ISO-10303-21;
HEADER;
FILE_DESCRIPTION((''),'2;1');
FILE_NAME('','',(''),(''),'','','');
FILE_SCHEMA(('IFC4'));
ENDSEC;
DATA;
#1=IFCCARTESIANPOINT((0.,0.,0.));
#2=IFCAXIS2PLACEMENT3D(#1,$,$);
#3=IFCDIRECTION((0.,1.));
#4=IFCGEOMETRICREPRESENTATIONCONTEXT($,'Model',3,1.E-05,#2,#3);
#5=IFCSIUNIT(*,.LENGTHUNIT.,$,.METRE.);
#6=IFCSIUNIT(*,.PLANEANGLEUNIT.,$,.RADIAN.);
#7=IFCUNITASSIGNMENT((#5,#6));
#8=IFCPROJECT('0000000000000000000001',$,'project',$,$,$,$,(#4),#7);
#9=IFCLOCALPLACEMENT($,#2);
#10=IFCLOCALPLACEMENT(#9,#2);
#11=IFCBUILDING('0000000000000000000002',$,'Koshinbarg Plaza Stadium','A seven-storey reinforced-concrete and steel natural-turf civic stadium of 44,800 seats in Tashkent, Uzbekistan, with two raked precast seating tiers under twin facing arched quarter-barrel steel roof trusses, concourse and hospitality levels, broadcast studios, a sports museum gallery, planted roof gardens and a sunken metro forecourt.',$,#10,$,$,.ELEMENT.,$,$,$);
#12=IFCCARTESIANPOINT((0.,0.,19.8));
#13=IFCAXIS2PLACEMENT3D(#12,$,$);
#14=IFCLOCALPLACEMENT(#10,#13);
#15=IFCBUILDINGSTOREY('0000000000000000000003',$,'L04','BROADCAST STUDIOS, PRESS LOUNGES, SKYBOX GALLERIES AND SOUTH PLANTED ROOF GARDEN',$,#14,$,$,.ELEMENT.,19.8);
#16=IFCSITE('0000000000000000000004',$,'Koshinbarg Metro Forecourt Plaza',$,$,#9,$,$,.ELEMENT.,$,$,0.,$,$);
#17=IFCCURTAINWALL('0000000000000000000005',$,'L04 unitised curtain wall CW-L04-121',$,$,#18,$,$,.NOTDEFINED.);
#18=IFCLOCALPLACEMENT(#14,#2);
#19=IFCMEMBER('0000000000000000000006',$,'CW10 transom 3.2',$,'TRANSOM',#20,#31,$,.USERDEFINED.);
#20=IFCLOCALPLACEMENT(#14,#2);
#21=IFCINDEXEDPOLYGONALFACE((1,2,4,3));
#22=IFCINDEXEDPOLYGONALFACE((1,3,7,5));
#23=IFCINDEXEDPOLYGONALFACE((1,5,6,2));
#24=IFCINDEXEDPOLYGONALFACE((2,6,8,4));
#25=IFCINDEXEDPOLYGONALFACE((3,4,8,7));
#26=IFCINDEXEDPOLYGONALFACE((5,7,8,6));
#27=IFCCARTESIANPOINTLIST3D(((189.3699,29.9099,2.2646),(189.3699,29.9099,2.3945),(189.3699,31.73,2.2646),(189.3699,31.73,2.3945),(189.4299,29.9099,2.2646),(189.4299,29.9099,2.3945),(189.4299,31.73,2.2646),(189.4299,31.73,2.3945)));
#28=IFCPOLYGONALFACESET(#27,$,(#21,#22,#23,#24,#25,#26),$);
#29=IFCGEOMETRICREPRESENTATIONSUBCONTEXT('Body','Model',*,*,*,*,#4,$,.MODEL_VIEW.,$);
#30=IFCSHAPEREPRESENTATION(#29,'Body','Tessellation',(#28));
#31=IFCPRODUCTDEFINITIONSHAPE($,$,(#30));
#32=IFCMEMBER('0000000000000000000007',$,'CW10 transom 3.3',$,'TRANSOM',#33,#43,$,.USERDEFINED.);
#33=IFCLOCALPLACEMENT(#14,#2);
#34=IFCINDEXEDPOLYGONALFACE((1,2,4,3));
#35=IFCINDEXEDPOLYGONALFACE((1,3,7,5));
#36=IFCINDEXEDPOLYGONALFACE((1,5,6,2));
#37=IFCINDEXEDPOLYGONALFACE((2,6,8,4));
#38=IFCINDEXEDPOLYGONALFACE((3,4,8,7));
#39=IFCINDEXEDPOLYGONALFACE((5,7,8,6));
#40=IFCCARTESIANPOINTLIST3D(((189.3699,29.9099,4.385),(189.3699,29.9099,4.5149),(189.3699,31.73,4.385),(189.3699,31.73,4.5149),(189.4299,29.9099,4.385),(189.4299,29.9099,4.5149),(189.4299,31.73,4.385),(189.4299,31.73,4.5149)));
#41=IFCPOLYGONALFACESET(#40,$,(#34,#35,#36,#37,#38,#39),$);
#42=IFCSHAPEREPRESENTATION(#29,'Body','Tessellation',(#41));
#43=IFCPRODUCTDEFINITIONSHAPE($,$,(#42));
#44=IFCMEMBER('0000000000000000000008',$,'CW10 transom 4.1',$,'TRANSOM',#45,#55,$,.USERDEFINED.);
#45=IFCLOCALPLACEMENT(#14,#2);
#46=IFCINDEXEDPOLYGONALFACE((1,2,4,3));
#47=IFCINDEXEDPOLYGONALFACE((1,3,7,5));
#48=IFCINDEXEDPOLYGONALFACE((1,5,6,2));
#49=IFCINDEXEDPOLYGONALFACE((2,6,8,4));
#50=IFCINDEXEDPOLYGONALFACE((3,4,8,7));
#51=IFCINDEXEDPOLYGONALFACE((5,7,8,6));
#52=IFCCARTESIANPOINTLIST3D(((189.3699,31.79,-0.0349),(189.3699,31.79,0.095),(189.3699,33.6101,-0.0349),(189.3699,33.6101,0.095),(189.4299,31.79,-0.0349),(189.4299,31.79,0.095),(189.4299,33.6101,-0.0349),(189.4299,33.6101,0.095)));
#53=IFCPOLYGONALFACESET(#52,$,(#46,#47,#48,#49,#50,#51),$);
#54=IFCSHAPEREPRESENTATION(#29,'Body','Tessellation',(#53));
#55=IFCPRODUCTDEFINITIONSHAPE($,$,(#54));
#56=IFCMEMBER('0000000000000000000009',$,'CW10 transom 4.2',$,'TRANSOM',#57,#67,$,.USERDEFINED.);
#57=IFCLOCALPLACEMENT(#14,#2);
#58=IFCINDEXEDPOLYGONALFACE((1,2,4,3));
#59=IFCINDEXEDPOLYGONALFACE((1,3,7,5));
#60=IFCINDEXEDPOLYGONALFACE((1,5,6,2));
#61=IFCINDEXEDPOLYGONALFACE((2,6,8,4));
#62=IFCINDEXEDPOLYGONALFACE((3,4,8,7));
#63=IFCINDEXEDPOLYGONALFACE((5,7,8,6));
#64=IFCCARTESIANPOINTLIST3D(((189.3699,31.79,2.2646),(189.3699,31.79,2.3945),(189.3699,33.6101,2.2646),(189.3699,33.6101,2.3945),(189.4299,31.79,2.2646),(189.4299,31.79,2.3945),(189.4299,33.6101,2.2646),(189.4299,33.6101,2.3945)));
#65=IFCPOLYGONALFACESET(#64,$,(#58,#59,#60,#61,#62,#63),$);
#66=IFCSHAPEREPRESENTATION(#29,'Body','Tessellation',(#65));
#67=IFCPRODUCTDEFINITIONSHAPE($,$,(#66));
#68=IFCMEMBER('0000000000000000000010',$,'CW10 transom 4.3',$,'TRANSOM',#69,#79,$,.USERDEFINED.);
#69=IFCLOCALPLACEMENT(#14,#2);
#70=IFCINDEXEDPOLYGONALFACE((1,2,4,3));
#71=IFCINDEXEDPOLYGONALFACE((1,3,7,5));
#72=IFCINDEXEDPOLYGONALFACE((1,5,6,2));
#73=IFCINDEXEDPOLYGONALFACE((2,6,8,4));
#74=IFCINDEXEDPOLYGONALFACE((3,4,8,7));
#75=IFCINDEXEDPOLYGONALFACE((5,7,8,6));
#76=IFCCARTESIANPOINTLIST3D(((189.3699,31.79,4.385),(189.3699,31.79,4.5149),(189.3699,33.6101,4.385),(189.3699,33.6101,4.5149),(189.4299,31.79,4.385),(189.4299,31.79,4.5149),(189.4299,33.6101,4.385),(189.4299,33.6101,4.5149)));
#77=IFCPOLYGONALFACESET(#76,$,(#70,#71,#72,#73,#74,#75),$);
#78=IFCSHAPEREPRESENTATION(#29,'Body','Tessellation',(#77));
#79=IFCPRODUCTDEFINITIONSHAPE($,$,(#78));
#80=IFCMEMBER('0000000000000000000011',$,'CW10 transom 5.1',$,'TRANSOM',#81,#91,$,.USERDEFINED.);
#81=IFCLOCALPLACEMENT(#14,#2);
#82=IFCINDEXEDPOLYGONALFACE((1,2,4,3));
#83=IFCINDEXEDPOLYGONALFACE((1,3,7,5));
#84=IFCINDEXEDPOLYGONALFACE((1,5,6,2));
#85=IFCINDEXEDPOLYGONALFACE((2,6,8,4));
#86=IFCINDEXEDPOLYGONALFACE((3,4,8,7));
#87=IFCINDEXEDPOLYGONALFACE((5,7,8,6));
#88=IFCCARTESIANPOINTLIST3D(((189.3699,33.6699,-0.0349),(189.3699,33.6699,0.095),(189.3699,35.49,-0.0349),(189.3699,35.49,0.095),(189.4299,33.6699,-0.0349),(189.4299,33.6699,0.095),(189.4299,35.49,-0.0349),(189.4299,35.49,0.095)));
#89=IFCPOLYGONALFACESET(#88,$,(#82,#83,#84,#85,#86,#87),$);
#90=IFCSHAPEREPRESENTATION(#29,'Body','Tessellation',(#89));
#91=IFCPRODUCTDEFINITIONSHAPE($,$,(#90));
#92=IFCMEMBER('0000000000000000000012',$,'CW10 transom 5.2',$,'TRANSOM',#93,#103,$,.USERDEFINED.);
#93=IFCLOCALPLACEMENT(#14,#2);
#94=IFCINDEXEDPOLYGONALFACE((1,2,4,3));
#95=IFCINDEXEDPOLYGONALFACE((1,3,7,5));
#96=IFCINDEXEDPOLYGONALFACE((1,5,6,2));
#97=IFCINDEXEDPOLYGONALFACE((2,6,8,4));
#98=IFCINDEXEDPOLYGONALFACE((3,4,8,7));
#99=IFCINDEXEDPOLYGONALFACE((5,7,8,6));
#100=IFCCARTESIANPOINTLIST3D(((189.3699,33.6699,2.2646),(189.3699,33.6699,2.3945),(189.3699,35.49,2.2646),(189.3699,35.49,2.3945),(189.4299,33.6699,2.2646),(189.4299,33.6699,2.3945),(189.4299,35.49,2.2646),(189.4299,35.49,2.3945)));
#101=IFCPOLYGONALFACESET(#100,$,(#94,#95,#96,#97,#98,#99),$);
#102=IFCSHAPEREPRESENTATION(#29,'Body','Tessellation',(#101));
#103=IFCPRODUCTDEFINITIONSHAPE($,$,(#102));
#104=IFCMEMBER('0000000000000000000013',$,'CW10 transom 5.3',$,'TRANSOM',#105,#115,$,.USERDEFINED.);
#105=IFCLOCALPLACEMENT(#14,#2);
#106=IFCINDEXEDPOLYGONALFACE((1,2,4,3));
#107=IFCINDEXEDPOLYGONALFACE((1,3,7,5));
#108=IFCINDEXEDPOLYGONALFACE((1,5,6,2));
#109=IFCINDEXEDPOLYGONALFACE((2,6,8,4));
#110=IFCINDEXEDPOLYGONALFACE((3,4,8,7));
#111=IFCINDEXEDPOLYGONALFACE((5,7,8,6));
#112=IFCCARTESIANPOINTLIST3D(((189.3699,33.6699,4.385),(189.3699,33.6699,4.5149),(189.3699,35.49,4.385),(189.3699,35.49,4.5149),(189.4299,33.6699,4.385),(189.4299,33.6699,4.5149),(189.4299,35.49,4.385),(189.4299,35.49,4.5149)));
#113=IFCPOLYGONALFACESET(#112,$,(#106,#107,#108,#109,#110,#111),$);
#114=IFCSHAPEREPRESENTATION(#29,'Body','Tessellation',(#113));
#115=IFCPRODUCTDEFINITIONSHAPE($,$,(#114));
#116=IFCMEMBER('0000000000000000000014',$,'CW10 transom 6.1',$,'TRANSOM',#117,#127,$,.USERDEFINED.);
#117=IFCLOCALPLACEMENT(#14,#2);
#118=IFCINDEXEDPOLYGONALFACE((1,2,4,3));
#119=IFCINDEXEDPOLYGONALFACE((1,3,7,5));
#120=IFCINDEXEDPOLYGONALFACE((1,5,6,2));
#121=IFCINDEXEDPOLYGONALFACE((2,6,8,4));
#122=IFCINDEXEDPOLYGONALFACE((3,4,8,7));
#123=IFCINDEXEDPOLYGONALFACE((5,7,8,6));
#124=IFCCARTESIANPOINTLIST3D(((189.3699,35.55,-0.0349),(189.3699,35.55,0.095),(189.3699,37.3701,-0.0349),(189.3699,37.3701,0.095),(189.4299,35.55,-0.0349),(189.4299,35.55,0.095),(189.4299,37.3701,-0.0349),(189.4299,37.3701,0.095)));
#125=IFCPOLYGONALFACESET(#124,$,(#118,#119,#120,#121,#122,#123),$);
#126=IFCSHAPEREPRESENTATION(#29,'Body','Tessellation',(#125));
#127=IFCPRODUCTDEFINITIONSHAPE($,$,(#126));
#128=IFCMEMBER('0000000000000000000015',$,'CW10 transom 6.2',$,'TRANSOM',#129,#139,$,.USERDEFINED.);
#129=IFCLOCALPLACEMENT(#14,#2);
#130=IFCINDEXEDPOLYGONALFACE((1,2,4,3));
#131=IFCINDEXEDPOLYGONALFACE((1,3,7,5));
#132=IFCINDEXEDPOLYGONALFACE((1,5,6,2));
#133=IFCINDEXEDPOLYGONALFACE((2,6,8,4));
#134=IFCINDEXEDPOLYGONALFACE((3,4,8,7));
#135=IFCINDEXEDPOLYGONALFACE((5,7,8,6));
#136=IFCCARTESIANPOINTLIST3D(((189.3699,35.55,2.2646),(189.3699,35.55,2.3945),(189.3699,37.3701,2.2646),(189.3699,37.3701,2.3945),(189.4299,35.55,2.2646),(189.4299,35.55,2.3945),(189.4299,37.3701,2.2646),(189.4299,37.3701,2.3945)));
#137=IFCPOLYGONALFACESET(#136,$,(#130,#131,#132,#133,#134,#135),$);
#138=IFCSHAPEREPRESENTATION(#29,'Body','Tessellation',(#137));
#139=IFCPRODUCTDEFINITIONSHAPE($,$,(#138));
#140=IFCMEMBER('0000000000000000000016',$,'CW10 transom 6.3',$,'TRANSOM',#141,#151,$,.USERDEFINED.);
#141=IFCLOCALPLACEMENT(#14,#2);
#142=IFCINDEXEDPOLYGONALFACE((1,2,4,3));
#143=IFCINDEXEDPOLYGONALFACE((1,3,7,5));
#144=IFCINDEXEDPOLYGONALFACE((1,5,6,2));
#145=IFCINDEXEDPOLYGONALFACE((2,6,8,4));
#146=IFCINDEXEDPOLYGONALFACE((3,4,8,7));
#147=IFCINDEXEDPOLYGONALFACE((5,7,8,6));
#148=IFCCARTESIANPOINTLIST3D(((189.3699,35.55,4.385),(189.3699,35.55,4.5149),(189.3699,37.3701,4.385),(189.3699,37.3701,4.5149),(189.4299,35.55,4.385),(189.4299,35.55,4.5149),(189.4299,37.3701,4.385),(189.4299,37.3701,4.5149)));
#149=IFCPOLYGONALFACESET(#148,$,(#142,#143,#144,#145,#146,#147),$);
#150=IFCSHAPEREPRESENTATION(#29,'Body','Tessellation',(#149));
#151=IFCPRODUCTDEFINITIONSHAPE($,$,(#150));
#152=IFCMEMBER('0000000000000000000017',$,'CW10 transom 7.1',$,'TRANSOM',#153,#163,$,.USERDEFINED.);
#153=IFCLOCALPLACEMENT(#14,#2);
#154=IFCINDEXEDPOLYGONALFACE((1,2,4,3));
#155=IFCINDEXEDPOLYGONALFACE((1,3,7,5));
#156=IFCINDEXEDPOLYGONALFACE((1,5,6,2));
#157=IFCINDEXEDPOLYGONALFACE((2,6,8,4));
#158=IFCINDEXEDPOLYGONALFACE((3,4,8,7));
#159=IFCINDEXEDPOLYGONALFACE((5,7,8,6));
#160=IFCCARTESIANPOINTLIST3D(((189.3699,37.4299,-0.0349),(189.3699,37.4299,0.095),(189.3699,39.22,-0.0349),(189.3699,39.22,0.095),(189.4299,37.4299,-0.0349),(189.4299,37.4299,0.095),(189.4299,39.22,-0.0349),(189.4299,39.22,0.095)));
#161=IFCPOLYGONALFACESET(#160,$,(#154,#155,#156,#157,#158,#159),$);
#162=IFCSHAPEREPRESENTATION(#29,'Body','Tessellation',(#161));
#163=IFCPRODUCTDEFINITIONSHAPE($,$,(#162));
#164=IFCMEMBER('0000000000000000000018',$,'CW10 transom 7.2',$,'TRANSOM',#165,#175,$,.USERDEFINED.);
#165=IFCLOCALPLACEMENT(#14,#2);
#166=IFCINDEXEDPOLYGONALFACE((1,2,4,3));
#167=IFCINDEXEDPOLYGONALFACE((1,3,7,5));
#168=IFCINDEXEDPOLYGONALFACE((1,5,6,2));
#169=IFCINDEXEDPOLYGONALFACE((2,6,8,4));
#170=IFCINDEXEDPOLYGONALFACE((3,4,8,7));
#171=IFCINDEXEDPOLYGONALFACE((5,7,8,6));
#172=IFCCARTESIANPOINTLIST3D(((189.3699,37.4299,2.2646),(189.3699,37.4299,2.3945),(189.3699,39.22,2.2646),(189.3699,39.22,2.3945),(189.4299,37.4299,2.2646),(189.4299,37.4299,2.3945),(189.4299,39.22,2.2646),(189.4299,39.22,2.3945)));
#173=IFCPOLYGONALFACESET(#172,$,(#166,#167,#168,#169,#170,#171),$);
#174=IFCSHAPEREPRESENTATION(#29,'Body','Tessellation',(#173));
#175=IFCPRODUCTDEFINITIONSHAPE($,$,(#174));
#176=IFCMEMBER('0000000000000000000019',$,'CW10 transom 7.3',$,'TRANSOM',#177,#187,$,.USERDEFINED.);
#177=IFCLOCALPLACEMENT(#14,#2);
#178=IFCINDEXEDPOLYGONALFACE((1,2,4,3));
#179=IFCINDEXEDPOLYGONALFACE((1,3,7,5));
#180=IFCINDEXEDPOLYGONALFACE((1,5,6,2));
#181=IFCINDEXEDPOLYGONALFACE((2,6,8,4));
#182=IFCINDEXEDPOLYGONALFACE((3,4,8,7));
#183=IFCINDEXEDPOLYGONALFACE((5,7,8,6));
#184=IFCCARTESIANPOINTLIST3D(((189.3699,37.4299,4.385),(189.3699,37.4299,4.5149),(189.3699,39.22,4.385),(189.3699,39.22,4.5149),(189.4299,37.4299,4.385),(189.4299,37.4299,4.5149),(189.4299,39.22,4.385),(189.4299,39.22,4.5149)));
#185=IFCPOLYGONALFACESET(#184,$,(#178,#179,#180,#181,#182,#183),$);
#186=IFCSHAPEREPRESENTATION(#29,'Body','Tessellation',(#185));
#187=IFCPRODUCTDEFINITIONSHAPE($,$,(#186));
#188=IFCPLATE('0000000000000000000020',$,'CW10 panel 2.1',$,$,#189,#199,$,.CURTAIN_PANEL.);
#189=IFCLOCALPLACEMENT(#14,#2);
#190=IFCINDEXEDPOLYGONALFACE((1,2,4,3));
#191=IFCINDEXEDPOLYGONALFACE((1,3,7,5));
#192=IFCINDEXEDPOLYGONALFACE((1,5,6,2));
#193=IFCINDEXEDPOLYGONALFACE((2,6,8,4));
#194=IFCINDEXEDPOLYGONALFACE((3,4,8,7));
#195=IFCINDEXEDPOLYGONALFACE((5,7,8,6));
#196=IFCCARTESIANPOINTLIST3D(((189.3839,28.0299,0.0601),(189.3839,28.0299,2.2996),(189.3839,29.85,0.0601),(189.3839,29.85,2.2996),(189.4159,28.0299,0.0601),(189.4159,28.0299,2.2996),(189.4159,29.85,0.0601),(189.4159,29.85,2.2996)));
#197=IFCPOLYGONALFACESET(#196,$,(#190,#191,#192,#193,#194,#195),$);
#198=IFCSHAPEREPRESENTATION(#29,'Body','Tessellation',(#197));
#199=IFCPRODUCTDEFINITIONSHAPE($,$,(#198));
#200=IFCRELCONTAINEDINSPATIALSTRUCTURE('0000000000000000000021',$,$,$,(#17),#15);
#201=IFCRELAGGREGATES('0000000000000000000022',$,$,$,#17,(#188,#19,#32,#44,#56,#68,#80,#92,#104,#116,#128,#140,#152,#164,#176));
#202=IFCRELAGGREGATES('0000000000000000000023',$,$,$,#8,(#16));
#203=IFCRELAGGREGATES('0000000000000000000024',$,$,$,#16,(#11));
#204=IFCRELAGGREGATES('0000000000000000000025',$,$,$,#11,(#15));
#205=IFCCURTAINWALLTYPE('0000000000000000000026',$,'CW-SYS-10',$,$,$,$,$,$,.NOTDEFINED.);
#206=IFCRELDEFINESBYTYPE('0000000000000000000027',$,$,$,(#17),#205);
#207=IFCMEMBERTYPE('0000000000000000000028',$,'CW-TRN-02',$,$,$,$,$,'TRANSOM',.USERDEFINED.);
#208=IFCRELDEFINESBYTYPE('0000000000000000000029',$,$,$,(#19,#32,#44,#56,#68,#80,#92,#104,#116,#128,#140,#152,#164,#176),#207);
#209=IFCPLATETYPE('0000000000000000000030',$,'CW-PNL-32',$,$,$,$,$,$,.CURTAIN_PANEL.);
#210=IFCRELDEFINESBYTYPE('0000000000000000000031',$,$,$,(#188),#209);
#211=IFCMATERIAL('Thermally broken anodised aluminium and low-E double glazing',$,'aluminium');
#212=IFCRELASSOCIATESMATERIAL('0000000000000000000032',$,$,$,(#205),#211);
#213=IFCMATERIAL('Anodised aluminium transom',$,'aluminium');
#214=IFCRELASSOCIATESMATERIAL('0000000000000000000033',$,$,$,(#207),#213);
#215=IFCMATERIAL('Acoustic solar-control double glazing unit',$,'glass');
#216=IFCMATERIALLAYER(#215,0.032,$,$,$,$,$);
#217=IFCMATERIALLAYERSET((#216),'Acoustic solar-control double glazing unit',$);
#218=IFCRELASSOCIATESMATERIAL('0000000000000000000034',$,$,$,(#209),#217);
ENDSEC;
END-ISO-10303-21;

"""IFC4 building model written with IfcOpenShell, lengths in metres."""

from ifc_helpers import new_model, si_unit, direction, frame, origin, origin_2d, place, context, subcontext, project, spatial, rectangle, extrude, material, layer, layer_set, material_profile, profile_set, type_object, element, aggregate, save


model = new_model("IFC4")

# Units and contexts
model_context = context("Model", 3, precision=1e-05, world=origin(), true_north=direction((0.0, 1.0)))
body_context = subcontext(model_context, "Body", "Model", "MODEL_VIEW")
ifc_project = project(units=[si_unit("LENGTHUNIT", "METRE"), si_unit("PLANEANGLEUNIT", "RADIAN")], contexts=[model_context])

# Site, building, storey
site_placement = place(None, origin())
site = spatial("IfcSite", under=ifc_project, at=site_placement, Name="Koshinbarg Metro Forecourt Plaza", CompositionType="ELEMENT", RefElevation=0.0)
building_placement = place(site_placement, origin())
building = spatial("IfcBuilding", under=site, at=building_placement, Name="Koshinbarg Plaza Stadium", Description="A seven-storey reinforced-concrete and steel natural-turf civic stadium of 44,800 seats in Tashkent, Uzbekistan, with two raked precast seating tiers under twin facing arched quarter-barrel steel roof trusses, concourse and hospitality levels, broadcast studios, a sports museum gallery, planted roof gardens and a sunken metro forecourt.", CompositionType="ELEMENT")
storey_placement = place(building_placement, frame((0.0, 0.0, 19.8)))
storey = spatial("IfcBuildingStorey", under=building, at=storey_placement, Name="L04", Description="BROADCAST STUDIOS, PRESS LOUNGES, SKYBOX GALLERIES AND SOUTH PLANTED ROOF GARDEN", CompositionType="ELEMENT", Elevation=19.8)

# Curtain wall
ifc_material_1 = material(Name="Thermally broken anodised aluminium and low-E double glazing", Category="aluminium")
curtain_wall_type_1 = type_object("IfcCurtainWallType", Name="CW-SYS-10", PredefinedType="NOTDEFINED", material=ifc_material_1)
curtain_wall_1_placement = place(storey_placement, origin())
curtain_wall_1 = element("IfcCurtainWall", 1, at=curtain_wall_1_placement, inside=storey, type_object=curtain_wall_type_1, Name="L04 unitised curtain wall CW-L04-121", PredefinedType="NOTDEFINED")
ifc_material_2 = material(Name="Anodised aluminium transom", Category="aluminium")

# Members
ifc_material_profile_1 = material_profile(ifc_material_2, rectangle(XDim=0.0601, YDim=0.1299, at=origin_2d()), Name="ALU 60x130")
ifc_profile_set_1 = profile_set([ifc_material_profile_1], Name="Anodised aluminium transom")
member_type_1 = type_object("IfcMemberType", Name="CW-TRN-02", ElementType="TRANSOM", PredefinedType="USERDEFINED", material=ifc_profile_set_1)
member_1_placement = place(storey_placement, frame((189.3999, 29.9099, 2.3296), z_axis=(0.0, 1.0, 0.0), x_axis=(-1.0, 0.0, 0.0)))
member_1 = element("IfcMember", 2, at=member_1_placement, type_object=member_type_1, Name="CW10 transom 3.2", ObjectType="TRANSOM", PredefinedType="USERDEFINED", context=body_context, shape_type="SweptSolid", body=[
    extrude(rectangle(XDim=0.0601, YDim=0.1299, at=origin_2d()), origin(), (0.0, 0.0, 1.0), 1.8201),
])
member_2_placement = place(storey_placement, frame((189.3999, 29.9099, 4.45), z_axis=(0.0, 1.0, 0.0), x_axis=(-1.0, 0.0, 0.0)))
member_2 = element("IfcMember", 3, at=member_2_placement, type_object=member_type_1, Name="CW10 transom 3.3", ObjectType="TRANSOM", PredefinedType="USERDEFINED", context=body_context, shape_type="SweptSolid", body=[
    extrude(rectangle(XDim=0.0601, YDim=0.1299, at=origin_2d()), origin(), (0.0, 0.0, 1.0), 1.8201),
])
member_3_placement = place(storey_placement, frame((189.3999, 31.79, 0.03), z_axis=(0.0, 1.0, 0.0), x_axis=(-1.0, 0.0, 0.0)))
member_3 = element("IfcMember", 4, at=member_3_placement, type_object=member_type_1, Name="CW10 transom 4.1", ObjectType="TRANSOM", PredefinedType="USERDEFINED", context=body_context, shape_type="SweptSolid", body=[
    extrude(rectangle(XDim=0.0601, YDim=0.1299, at=origin_2d()), origin(), (0.0, 0.0, 1.0), 1.8201),
])
member_4_placement = place(storey_placement, frame((189.3999, 31.79, 2.3296), z_axis=(0.0, 1.0, 0.0), x_axis=(-1.0, 0.0, 0.0)))
member_4 = element("IfcMember", 5, at=member_4_placement, type_object=member_type_1, Name="CW10 transom 4.2", ObjectType="TRANSOM", PredefinedType="USERDEFINED", context=body_context, shape_type="SweptSolid", body=[
    extrude(rectangle(XDim=0.0601, YDim=0.1299, at=origin_2d()), origin(), (0.0, 0.0, 1.0), 1.8201),
])
member_5_placement = place(storey_placement, frame((189.3999, 31.79, 4.45), z_axis=(0.0, 1.0, 0.0), x_axis=(-1.0, 0.0, 0.0)))
member_5 = element("IfcMember", 6, at=member_5_placement, type_object=member_type_1, Name="CW10 transom 4.3", ObjectType="TRANSOM", PredefinedType="USERDEFINED", context=body_context, shape_type="SweptSolid", body=[
    extrude(rectangle(XDim=0.0601, YDim=0.1299, at=origin_2d()), origin(), (0.0, 0.0, 1.0), 1.8201),
])
member_6_placement = place(storey_placement, frame((189.3999, 33.6699, 0.03), z_axis=(0.0, 1.0, 0.0), x_axis=(-1.0, 0.0, 0.0)))
member_6 = element("IfcMember", 7, at=member_6_placement, type_object=member_type_1, Name="CW10 transom 5.1", ObjectType="TRANSOM", PredefinedType="USERDEFINED", context=body_context, shape_type="SweptSolid", body=[
    extrude(rectangle(XDim=0.0601, YDim=0.1299, at=origin_2d()), origin(), (0.0, 0.0, 1.0), 1.8201),
])
member_7_placement = place(storey_placement, frame((189.3999, 33.6699, 2.3296), z_axis=(0.0, 1.0, 0.0), x_axis=(-1.0, 0.0, 0.0)))
member_7 = element("IfcMember", 8, at=member_7_placement, type_object=member_type_1, Name="CW10 transom 5.2", ObjectType="TRANSOM", PredefinedType="USERDEFINED", context=body_context, shape_type="SweptSolid", body=[
    extrude(rectangle(XDim=0.0601, YDim=0.1299, at=origin_2d()), origin(), (0.0, 0.0, 1.0), 1.8201),
])
member_8_placement = place(storey_placement, frame((189.3999, 33.6699, 4.45), z_axis=(0.0, 1.0, 0.0), x_axis=(-1.0, 0.0, 0.0)))
member_8 = element("IfcMember", 9, at=member_8_placement, type_object=member_type_1, Name="CW10 transom 5.3", ObjectType="TRANSOM", PredefinedType="USERDEFINED", context=body_context, shape_type="SweptSolid", body=[
    extrude(rectangle(XDim=0.0601, YDim=0.1299, at=origin_2d()), origin(), (0.0, 0.0, 1.0), 1.8201),
])
member_9_placement = place(storey_placement, frame((189.3999, 35.55, 0.03), z_axis=(0.0, 1.0, 0.0), x_axis=(-1.0, 0.0, 0.0)))
member_9 = element("IfcMember", 10, at=member_9_placement, type_object=member_type_1, Name="CW10 transom 6.1", ObjectType="TRANSOM", PredefinedType="USERDEFINED", context=body_context, shape_type="SweptSolid", body=[
    extrude(rectangle(XDim=0.0601, YDim=0.1299, at=origin_2d()), origin(), (0.0, 0.0, 1.0), 1.8201),
])
member_10_placement = place(storey_placement, frame((189.3999, 35.55, 2.3296), z_axis=(0.0, 1.0, 0.0), x_axis=(-1.0, 0.0, 0.0)))
member_10 = element("IfcMember", 11, at=member_10_placement, type_object=member_type_1, Name="CW10 transom 6.2", ObjectType="TRANSOM", PredefinedType="USERDEFINED", context=body_context, shape_type="SweptSolid", body=[
    extrude(rectangle(XDim=0.0601, YDim=0.1299, at=origin_2d()), origin(), (0.0, 0.0, 1.0), 1.8201),
])
member_11_placement = place(storey_placement, frame((189.3999, 35.55, 4.45), z_axis=(0.0, 1.0, 0.0), x_axis=(-1.0, 0.0, 0.0)))
member_11 = element("IfcMember", 12, at=member_11_placement, type_object=member_type_1, Name="CW10 transom 6.3", ObjectType="TRANSOM", PredefinedType="USERDEFINED", context=body_context, shape_type="SweptSolid", body=[
    extrude(rectangle(XDim=0.0601, YDim=0.1299, at=origin_2d()), origin(), (0.0, 0.0, 1.0), 1.8201),
])
member_12_placement = place(storey_placement, frame((189.3999, 37.4299, 0.03), z_axis=(0.0, 1.0, 0.0), x_axis=(-1.0, 0.0, 0.0)))
member_12 = element("IfcMember", 13, at=member_12_placement, type_object=member_type_1, Name="CW10 transom 7.1", ObjectType="TRANSOM", PredefinedType="USERDEFINED", context=body_context, shape_type="SweptSolid", body=[
    extrude(rectangle(XDim=0.0601, YDim=0.1299, at=origin_2d()), origin(), (0.0, 0.0, 1.0), 1.79),
])
member_13_placement = place(storey_placement, frame((189.3999, 37.4299, 2.3296), z_axis=(0.0, 1.0, 0.0), x_axis=(-1.0, 0.0, 0.0)))
member_13 = element("IfcMember", 14, at=member_13_placement, type_object=member_type_1, Name="CW10 transom 7.2", ObjectType="TRANSOM", PredefinedType="USERDEFINED", context=body_context, shape_type="SweptSolid", body=[
    extrude(rectangle(XDim=0.0601, YDim=0.1299, at=origin_2d()), origin(), (0.0, 0.0, 1.0), 1.79),
])
member_14_placement = place(storey_placement, frame((189.3999, 37.4299, 4.45), z_axis=(0.0, 1.0, 0.0), x_axis=(-1.0, 0.0, 0.0)))
member_14 = element("IfcMember", 15, at=member_14_placement, type_object=member_type_1, Name="CW10 transom 7.3", ObjectType="TRANSOM", PredefinedType="USERDEFINED", context=body_context, shape_type="SweptSolid", body=[
    extrude(rectangle(XDim=0.0601, YDim=0.1299, at=origin_2d()), origin(), (0.0, 0.0, 1.0), 1.79),
])

# Plate
ifc_material_3 = material(Name="Acoustic solar-control double glazing unit", Category="glass")
ifc_layer = layer(ifc_material_3, 0.032)
ifc_layer_set = layer_set([ifc_layer], Name="Acoustic solar-control double glazing unit")
plate_type = type_object("IfcPlateType", Name="CW-PNL-32", PredefinedType="CURTAIN_PANEL", material=ifc_layer_set)
plate_1_placement = place(storey_placement, frame((189.3999, 28.9399, 0.0601), z_axis=(0.0, 0.0, 1.0), x_axis=(0.0, 1.0, 0.0)))
plate_1 = element("IfcPlate", 16, at=plate_1_placement, type_object=plate_type, Name="CW10 panel 2.1", PredefinedType="CURTAIN_PANEL", context=body_context, shape_type="SweptSolid", body=[
    extrude(rectangle(XDim=1.8201, YDim=0.032, at=origin_2d()), origin(), (0.0, 0.0, 1.0), 2.2395),
])
aggregate(curtain_wall_1, [plate_1, member_1, member_2, member_3, member_4, member_5, member_6, member_7, member_8, member_9, member_10, member_11, member_12, member_13, member_14])

save(model, "model.ifc")
